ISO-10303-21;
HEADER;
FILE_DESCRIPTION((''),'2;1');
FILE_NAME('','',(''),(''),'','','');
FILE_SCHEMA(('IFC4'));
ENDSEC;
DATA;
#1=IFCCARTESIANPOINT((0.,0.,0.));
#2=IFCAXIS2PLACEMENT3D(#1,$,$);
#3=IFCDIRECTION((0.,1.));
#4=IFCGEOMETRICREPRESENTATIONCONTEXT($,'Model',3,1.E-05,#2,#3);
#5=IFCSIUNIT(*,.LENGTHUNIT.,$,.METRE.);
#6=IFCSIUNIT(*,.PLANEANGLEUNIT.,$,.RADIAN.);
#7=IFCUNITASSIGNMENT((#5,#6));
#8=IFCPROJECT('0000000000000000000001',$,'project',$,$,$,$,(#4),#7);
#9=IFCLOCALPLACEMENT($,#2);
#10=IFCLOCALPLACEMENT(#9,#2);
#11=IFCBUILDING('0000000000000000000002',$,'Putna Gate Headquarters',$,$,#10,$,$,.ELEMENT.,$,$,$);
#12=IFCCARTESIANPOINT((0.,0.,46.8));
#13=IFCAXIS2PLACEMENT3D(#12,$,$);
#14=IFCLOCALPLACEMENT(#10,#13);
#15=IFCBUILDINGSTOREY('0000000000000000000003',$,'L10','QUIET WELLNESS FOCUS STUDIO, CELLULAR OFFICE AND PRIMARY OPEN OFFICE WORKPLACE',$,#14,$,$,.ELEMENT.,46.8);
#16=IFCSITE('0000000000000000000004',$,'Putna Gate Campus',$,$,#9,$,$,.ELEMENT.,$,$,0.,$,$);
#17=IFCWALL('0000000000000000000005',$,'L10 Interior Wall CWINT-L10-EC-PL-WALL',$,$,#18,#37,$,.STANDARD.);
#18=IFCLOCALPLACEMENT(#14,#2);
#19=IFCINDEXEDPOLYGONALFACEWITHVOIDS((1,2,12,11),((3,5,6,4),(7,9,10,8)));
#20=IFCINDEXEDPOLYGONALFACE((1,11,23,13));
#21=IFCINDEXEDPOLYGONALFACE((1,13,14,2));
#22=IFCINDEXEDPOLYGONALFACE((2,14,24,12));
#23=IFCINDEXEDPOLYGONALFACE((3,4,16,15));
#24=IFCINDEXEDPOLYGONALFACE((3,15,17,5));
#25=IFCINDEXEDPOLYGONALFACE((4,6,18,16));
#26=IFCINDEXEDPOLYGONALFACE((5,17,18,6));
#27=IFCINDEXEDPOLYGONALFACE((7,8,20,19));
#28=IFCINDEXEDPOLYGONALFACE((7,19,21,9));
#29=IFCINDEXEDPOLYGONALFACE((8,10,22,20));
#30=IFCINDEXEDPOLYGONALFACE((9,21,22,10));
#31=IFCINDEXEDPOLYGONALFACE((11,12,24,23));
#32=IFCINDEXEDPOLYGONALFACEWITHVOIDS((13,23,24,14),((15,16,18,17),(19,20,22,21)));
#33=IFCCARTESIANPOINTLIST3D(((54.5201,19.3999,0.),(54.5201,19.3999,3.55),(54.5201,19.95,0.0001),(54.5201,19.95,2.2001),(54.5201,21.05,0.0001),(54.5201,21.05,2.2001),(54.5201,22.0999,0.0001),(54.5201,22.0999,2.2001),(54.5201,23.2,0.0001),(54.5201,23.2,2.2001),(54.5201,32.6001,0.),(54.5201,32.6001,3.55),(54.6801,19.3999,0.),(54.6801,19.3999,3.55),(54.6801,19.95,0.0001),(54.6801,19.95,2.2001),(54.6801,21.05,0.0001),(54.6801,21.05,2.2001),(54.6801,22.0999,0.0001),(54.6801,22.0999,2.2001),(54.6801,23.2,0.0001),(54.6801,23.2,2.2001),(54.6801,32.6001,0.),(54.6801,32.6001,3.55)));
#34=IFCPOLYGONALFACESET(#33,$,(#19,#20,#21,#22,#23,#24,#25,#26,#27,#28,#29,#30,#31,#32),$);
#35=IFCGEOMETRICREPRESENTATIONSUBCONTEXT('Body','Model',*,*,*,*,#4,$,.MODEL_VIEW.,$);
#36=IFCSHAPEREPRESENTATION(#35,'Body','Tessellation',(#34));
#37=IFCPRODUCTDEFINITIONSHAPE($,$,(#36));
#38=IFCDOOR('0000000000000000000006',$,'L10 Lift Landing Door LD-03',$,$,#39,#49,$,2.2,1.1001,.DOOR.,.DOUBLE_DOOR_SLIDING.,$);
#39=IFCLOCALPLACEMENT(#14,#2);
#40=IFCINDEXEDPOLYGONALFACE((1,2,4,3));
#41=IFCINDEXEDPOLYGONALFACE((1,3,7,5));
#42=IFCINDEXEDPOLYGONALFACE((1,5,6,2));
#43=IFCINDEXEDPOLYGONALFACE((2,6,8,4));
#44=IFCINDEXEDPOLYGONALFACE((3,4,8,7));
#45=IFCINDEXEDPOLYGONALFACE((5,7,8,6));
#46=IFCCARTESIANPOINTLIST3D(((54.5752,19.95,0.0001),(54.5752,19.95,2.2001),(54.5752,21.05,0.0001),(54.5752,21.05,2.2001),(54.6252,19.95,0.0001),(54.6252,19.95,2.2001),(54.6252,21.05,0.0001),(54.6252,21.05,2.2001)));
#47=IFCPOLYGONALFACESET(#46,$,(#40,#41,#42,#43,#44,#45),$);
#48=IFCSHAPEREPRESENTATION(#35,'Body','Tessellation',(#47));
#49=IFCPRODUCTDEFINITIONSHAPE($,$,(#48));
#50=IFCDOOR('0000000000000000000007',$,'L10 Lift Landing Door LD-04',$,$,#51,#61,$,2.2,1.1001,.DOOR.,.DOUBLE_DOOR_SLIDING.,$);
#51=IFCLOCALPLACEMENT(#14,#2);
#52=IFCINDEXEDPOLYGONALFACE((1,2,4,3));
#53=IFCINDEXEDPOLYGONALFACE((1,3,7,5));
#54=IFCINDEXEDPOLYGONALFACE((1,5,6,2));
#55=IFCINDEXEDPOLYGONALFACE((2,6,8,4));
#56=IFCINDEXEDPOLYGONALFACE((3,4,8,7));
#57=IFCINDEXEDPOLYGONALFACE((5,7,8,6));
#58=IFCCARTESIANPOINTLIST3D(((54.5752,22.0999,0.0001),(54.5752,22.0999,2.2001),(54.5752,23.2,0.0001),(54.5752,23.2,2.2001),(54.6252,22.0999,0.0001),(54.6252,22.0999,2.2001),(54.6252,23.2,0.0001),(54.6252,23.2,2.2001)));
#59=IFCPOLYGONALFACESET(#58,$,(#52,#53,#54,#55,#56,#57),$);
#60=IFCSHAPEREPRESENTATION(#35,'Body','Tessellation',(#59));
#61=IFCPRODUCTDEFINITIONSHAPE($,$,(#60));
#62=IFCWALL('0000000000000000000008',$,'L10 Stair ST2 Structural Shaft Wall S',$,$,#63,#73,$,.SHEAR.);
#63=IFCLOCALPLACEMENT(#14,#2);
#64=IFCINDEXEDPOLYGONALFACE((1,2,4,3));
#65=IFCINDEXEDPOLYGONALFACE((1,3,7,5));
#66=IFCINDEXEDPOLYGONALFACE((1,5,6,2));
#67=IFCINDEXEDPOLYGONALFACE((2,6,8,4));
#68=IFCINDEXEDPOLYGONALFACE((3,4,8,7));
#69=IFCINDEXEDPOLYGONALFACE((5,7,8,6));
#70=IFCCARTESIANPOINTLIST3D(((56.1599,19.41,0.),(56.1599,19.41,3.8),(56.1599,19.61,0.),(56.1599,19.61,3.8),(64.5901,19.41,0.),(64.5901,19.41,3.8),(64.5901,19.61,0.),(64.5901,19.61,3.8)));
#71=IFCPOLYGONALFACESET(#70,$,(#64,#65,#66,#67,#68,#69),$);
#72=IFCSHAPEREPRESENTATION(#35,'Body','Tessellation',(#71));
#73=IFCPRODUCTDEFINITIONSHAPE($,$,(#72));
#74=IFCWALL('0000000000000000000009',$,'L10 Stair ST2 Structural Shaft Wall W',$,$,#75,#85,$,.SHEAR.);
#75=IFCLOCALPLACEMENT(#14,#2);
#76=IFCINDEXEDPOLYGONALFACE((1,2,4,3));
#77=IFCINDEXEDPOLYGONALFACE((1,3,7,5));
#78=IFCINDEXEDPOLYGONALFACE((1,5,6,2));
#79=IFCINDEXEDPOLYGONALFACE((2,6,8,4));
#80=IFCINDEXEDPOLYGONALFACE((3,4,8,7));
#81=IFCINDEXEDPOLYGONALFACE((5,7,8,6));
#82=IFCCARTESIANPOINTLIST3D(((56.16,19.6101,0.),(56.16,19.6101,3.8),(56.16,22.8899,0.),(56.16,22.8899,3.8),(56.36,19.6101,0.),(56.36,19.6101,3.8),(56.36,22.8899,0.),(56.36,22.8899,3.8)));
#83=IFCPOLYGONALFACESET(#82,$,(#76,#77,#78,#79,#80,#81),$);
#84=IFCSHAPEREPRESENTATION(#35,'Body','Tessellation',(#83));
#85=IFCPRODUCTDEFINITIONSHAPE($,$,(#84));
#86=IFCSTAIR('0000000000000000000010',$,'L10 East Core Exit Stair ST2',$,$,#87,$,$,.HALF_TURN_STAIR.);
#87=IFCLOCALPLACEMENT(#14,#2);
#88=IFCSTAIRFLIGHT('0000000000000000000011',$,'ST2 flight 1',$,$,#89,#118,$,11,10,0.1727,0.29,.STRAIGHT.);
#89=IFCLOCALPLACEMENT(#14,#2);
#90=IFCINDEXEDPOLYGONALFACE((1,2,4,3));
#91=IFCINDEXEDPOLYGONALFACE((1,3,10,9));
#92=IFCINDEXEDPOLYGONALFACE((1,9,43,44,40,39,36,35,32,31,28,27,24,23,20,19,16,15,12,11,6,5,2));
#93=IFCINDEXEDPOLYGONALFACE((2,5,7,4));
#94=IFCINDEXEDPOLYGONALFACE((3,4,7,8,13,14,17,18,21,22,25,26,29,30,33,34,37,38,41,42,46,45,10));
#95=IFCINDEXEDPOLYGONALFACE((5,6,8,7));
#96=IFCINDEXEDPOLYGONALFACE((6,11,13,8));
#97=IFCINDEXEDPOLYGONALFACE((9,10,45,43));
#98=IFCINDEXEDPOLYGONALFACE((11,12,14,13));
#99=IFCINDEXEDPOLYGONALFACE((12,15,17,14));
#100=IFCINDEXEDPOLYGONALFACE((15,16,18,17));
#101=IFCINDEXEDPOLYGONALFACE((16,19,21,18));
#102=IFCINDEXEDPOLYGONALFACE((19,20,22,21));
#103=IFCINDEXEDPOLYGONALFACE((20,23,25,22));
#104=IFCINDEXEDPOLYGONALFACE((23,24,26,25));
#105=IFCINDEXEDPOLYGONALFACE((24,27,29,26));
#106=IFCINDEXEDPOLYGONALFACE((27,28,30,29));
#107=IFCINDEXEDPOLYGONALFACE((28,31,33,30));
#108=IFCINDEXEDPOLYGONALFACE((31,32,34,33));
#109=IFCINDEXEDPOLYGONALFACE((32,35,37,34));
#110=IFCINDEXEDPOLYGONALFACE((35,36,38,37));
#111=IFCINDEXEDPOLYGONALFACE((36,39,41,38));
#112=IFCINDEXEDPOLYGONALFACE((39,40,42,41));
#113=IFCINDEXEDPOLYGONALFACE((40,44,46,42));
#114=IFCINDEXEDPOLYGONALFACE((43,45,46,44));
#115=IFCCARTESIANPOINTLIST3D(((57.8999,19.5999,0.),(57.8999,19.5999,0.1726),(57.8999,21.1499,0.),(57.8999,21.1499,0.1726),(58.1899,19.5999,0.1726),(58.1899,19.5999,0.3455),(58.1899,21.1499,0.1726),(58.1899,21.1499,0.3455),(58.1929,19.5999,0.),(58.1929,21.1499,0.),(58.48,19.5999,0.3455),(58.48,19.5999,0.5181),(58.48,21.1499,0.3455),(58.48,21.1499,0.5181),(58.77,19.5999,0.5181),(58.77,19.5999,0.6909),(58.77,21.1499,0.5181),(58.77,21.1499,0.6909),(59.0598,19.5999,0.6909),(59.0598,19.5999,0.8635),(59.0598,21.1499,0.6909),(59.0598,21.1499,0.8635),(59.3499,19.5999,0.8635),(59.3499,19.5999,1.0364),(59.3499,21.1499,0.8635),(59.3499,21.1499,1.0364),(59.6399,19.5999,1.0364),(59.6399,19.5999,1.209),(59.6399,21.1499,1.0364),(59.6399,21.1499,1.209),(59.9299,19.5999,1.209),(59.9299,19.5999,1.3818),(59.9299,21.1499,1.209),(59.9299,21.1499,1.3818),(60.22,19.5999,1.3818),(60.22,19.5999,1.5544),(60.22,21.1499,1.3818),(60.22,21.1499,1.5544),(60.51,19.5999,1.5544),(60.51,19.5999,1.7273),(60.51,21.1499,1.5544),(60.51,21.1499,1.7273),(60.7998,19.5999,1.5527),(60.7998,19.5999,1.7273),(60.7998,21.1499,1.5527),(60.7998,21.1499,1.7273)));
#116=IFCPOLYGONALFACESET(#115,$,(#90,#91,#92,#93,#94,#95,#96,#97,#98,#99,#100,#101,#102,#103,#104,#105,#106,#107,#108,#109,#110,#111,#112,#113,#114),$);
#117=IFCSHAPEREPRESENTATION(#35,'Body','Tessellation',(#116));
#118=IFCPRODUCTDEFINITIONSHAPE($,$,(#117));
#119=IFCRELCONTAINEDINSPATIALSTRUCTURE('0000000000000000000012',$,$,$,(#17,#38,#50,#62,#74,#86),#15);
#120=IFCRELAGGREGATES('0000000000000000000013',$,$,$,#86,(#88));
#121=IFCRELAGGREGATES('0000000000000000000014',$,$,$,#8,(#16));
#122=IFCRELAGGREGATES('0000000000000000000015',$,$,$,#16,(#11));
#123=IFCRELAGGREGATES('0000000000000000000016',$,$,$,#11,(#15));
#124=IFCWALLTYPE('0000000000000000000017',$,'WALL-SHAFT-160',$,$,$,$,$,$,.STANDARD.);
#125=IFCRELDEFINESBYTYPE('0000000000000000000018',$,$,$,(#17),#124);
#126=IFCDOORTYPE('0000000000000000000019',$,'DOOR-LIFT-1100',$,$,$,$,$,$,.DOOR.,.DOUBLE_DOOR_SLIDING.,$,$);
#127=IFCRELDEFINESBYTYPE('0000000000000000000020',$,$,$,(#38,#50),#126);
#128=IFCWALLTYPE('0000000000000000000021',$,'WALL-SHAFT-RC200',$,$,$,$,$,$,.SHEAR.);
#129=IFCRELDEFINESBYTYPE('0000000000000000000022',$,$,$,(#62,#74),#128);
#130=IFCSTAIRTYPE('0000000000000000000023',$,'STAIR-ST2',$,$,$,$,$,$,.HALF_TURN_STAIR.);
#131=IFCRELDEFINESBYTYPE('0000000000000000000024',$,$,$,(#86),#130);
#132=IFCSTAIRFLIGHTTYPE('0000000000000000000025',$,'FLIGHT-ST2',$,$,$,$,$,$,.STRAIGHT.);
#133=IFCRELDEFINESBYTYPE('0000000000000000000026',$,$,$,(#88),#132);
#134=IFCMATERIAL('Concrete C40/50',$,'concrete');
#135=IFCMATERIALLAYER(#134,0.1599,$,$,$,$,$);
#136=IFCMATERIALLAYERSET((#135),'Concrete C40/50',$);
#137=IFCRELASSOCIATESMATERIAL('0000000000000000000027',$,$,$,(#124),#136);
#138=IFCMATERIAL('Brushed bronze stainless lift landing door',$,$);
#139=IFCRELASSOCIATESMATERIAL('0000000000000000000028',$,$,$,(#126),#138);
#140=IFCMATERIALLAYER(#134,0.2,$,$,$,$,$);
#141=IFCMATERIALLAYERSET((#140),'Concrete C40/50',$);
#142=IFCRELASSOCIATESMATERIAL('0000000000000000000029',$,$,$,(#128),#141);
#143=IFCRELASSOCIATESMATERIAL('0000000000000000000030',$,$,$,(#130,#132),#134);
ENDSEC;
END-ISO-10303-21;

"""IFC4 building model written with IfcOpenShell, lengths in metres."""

from ifc_helpers import new_model, si_unit, direction, frame, frame_2d, origin, place, context, subcontext, project, spatial, polyline, rectangle, outline, extrude, material, layer, layer_set, type_object, element, fill, aggregate, save


model = new_model("IFC4")

# Units and contexts
model_context = context("Model", 3, precision=1e-05, world=origin(), true_north=direction((0.0, 1.0)))
body_context = subcontext(model_context, "Body", "Model", "MODEL_VIEW")
ifc_project = project(units=[si_unit("LENGTHUNIT", "METRE"), si_unit("PLANEANGLEUNIT", "RADIAN")], contexts=[model_context])

# Site, building, storey
site_placement = place(None, origin())
site = spatial("IfcSite", under=ifc_project, at=site_placement, Name="Putna Gate Campus", CompositionType="ELEMENT", RefElevation=0.0)
building_placement = place(site_placement, origin())
building = spatial("IfcBuilding", under=site, at=building_placement, Name="Putna Gate Headquarters", CompositionType="ELEMENT")
storey_placement = place(building_placement, frame((0.0, 0.0, 46.8)))
storey = spatial("IfcBuildingStorey", under=building, at=storey_placement, Name="L10", Description="QUIET WELLNESS FOCUS STUDIO, CELLULAR OFFICE AND PRIMARY OPEN OFFICE WORKPLACE", CompositionType="ELEMENT", Elevation=46.8)

# Wall, openings, doors
ifc_material_1 = material(Name="Concrete C40/50", Category="concrete")
ifc_layer_1 = layer(ifc_material_1, 0.1599)
ifc_layer_set_1 = layer_set([ifc_layer_1], Name="Concrete C40/50")
wall_type_1 = type_object("IfcWallType", Name="WALL-SHAFT-160", PredefinedType="STANDARD", material=ifc_layer_set_1)
wall_1_placement = place(storey_placement, frame((54.6001, 19.3999, 0.0), z_axis=(0.0, 0.0, 1.0), x_axis=(0.0, 1.0, 0.0)))
wall_1 = element("IfcWall", 1, at=wall_1_placement, inside=storey, type_object=wall_type_1, Name="L10 Interior Wall CWINT-L10-EC-PL-WALL", PredefinedType="STANDARD", context=body_context, shape_type="SweptSolid", body=[
    extrude(rectangle(XDim=13.2002, YDim=0.1599, at=frame_2d((6.6001, 0.0))), origin(), (0.0, 0.0, 1.0), 3.55),
])
opening_1_placement = place(wall_1_placement, frame((0.55, 0.0, 0.0)))
opening_1 = element("IfcOpeningElement", 2, at=opening_1_placement, cuts=wall_1, PredefinedType="OPENING", context=body_context, shape_type="SweptSolid", body=[
    extrude(rectangle(XDim=1.1001, YDim=2.2, at=frame_2d((0.55, 1.1001))), frame((0.0, 0.0898, 0.0), z_axis=(0.0, -1.0, 0.0), x_axis=(1.0, 0.0, 0.0)), (0.0, 0.0, 1.0), 0.1799),
])
opening_2_placement = place(wall_1_placement, frame((2.7, 0.0, 0.0)))
opening_2 = element("IfcOpeningElement", 3, at=opening_2_placement, cuts=wall_1, PredefinedType="OPENING", context=body_context, shape_type="SweptSolid", body=[
    extrude(rectangle(XDim=1.1001, YDim=2.2, at=frame_2d((0.55, 1.1001))), frame((0.0, 0.0898, 0.0), z_axis=(0.0, -1.0, 0.0), x_axis=(1.0, 0.0, 0.0)), (0.0, 0.0, 1.0), 0.1799),
])
ifc_material_2 = material(Name="Brushed bronze stainless lift landing door")
door_type_1 = type_object("IfcDoorType", Name="DOOR-LIFT-1100", OperationType="DOUBLE_DOOR_SLIDING", PredefinedType="DOOR", material=ifc_material_2)
door_1_placement = place(opening_1_placement, origin())
door_1 = element("IfcDoor", 4, at=door_1_placement, inside=storey, type_object=door_type_1, Name="L10 Lift Landing Door LD-03", OperationType="DOUBLE_DOOR_SLIDING", OverallHeight=2.2, OverallWidth=1.1001, PredefinedType="DOOR", context=body_context, shape_type="SweptSolid", body=[
    extrude(rectangle(XDim=1.1001, YDim=2.2, at=frame_2d((0.55, 1.1001))), frame((0.0, 0.0249, 0.0), z_axis=(0.0, -1.0, 0.0), x_axis=(1.0, 0.0, 0.0)), (0.0, 0.0, 1.0), 0.05),
])
fill(opening_1, door_1)
door_2_placement = place(opening_2_placement, origin())
door_2 = element("IfcDoor", 5, at=door_2_placement, inside=storey, type_object=door_type_1, Name="L10 Lift Landing Door LD-04", OperationType="DOUBLE_DOOR_SLIDING", OverallHeight=2.2, OverallWidth=1.1001, PredefinedType="DOOR", context=body_context, shape_type="SweptSolid", body=[
    extrude(rectangle(XDim=1.1001, YDim=2.2, at=frame_2d((0.55, 1.1001))), frame((0.0, 0.0249, 0.0), z_axis=(0.0, -1.0, 0.0), x_axis=(1.0, 0.0, 0.0)), (0.0, 0.0, 1.0), 0.05),
])
fill(opening_2, door_2)

# Walls
ifc_layer_2 = layer(ifc_material_1, 0.2)
ifc_layer_set_2 = layer_set([ifc_layer_2], Name="Concrete C40/50")
wall_type_2 = type_object("IfcWallType", Name="WALL-SHAFT-RC200", PredefinedType="SHEAR", material=ifc_layer_set_2)
wall_2_placement = place(storey_placement, frame((56.1599, 19.51, 0.0), z_axis=(0.0, 0.0, 1.0), x_axis=(1.0, 0.0, 0.0)))
element("IfcWall", 6, at=wall_2_placement, inside=storey, type_object=wall_type_2, Name="L10 Stair ST2 Structural Shaft Wall S", PredefinedType="SHEAR", context=body_context, shape_type="SweptSolid", body=[
    extrude(rectangle(XDim=8.4302, YDim=0.2, at=frame_2d((4.2151, 0.0))), origin(), (0.0, 0.0, 1.0), 3.8),
])
wall_3_placement = place(storey_placement, frame((56.26, 19.6101, 0.0), z_axis=(0.0, 0.0, 1.0), x_axis=(0.0, 1.0, 0.0)))
element("IfcWall", 7, at=wall_3_placement, inside=storey, type_object=wall_type_2, Name="L10 Stair ST2 Structural Shaft Wall W", PredefinedType="SHEAR", context=body_context, shape_type="SweptSolid", body=[
    extrude(rectangle(XDim=3.2798, YDim=0.2, at=frame_2d((1.6399, 0.0))), origin(), (0.0, 0.0, 1.0), 3.8),
])

# Stair, stair flight
stair_type = type_object("IfcStairType", Name="STAIR-ST2", PredefinedType="HALF_TURN_STAIR", material=ifc_material_1)
stair_placement = place(storey_placement, origin())
stair = element("IfcStair", 8, at=stair_placement, inside=storey, type_object=stair_type, Name="L10 East Core Exit Stair ST2", PredefinedType="HALF_TURN_STAIR")
stair_flight_type = type_object("IfcStairFlightType", Name="FLIGHT-ST2", PredefinedType="STRAIGHT", material=ifc_material_1)
stair_flight_placement = place(storey_placement, frame((57.8999, 20.375, 0.0), z_axis=(0.0, 0.0, 1.0), x_axis=(1.0, 0.0, 0.0)))
stair_flight = element("IfcStairFlight", 9, at=stair_flight_placement, type_object=stair_flight_type, Name="ST2 flight 1", NumberOfRisers=11, NumberOfTreads=10, PredefinedType="STRAIGHT", RiserHeight=0.1727, TreadLength=0.29, context=body_context, shape_type="SweptSolid", body=[
    extrude(outline(polyline([(0.0, 0.0), (0.0, 0.1726), (0.29, 0.1726), (0.29, 0.3455), (0.5801, 0.3455), (0.5801, 0.5181), (0.8701, 0.5181), (0.8701, 0.6909), (1.1599, 0.6909), (1.1599, 0.8635), (1.45, 0.8635), (1.45, 1.0364), (1.74, 1.0364), (1.74, 1.209), (2.03, 1.209), (2.03, 1.3818), (2.3201, 1.3818), (2.3201, 1.5544), (2.6101, 1.5544), (2.6101, 1.7273), (2.8999, 1.7273), (2.8999, 1.8999), (2.8999, 1.5527), (0.293, 0.0), (0.0, 0.0)])), frame((0.0, 0.7749, 0.0), z_axis=(0.0, -1.0, 0.0), x_axis=(1.0, 0.0, 0.0)), (0.0, 0.0, 1.0), 1.55),
])
aggregate(stair, [stair_flight])

save(model, "model.ifc")
